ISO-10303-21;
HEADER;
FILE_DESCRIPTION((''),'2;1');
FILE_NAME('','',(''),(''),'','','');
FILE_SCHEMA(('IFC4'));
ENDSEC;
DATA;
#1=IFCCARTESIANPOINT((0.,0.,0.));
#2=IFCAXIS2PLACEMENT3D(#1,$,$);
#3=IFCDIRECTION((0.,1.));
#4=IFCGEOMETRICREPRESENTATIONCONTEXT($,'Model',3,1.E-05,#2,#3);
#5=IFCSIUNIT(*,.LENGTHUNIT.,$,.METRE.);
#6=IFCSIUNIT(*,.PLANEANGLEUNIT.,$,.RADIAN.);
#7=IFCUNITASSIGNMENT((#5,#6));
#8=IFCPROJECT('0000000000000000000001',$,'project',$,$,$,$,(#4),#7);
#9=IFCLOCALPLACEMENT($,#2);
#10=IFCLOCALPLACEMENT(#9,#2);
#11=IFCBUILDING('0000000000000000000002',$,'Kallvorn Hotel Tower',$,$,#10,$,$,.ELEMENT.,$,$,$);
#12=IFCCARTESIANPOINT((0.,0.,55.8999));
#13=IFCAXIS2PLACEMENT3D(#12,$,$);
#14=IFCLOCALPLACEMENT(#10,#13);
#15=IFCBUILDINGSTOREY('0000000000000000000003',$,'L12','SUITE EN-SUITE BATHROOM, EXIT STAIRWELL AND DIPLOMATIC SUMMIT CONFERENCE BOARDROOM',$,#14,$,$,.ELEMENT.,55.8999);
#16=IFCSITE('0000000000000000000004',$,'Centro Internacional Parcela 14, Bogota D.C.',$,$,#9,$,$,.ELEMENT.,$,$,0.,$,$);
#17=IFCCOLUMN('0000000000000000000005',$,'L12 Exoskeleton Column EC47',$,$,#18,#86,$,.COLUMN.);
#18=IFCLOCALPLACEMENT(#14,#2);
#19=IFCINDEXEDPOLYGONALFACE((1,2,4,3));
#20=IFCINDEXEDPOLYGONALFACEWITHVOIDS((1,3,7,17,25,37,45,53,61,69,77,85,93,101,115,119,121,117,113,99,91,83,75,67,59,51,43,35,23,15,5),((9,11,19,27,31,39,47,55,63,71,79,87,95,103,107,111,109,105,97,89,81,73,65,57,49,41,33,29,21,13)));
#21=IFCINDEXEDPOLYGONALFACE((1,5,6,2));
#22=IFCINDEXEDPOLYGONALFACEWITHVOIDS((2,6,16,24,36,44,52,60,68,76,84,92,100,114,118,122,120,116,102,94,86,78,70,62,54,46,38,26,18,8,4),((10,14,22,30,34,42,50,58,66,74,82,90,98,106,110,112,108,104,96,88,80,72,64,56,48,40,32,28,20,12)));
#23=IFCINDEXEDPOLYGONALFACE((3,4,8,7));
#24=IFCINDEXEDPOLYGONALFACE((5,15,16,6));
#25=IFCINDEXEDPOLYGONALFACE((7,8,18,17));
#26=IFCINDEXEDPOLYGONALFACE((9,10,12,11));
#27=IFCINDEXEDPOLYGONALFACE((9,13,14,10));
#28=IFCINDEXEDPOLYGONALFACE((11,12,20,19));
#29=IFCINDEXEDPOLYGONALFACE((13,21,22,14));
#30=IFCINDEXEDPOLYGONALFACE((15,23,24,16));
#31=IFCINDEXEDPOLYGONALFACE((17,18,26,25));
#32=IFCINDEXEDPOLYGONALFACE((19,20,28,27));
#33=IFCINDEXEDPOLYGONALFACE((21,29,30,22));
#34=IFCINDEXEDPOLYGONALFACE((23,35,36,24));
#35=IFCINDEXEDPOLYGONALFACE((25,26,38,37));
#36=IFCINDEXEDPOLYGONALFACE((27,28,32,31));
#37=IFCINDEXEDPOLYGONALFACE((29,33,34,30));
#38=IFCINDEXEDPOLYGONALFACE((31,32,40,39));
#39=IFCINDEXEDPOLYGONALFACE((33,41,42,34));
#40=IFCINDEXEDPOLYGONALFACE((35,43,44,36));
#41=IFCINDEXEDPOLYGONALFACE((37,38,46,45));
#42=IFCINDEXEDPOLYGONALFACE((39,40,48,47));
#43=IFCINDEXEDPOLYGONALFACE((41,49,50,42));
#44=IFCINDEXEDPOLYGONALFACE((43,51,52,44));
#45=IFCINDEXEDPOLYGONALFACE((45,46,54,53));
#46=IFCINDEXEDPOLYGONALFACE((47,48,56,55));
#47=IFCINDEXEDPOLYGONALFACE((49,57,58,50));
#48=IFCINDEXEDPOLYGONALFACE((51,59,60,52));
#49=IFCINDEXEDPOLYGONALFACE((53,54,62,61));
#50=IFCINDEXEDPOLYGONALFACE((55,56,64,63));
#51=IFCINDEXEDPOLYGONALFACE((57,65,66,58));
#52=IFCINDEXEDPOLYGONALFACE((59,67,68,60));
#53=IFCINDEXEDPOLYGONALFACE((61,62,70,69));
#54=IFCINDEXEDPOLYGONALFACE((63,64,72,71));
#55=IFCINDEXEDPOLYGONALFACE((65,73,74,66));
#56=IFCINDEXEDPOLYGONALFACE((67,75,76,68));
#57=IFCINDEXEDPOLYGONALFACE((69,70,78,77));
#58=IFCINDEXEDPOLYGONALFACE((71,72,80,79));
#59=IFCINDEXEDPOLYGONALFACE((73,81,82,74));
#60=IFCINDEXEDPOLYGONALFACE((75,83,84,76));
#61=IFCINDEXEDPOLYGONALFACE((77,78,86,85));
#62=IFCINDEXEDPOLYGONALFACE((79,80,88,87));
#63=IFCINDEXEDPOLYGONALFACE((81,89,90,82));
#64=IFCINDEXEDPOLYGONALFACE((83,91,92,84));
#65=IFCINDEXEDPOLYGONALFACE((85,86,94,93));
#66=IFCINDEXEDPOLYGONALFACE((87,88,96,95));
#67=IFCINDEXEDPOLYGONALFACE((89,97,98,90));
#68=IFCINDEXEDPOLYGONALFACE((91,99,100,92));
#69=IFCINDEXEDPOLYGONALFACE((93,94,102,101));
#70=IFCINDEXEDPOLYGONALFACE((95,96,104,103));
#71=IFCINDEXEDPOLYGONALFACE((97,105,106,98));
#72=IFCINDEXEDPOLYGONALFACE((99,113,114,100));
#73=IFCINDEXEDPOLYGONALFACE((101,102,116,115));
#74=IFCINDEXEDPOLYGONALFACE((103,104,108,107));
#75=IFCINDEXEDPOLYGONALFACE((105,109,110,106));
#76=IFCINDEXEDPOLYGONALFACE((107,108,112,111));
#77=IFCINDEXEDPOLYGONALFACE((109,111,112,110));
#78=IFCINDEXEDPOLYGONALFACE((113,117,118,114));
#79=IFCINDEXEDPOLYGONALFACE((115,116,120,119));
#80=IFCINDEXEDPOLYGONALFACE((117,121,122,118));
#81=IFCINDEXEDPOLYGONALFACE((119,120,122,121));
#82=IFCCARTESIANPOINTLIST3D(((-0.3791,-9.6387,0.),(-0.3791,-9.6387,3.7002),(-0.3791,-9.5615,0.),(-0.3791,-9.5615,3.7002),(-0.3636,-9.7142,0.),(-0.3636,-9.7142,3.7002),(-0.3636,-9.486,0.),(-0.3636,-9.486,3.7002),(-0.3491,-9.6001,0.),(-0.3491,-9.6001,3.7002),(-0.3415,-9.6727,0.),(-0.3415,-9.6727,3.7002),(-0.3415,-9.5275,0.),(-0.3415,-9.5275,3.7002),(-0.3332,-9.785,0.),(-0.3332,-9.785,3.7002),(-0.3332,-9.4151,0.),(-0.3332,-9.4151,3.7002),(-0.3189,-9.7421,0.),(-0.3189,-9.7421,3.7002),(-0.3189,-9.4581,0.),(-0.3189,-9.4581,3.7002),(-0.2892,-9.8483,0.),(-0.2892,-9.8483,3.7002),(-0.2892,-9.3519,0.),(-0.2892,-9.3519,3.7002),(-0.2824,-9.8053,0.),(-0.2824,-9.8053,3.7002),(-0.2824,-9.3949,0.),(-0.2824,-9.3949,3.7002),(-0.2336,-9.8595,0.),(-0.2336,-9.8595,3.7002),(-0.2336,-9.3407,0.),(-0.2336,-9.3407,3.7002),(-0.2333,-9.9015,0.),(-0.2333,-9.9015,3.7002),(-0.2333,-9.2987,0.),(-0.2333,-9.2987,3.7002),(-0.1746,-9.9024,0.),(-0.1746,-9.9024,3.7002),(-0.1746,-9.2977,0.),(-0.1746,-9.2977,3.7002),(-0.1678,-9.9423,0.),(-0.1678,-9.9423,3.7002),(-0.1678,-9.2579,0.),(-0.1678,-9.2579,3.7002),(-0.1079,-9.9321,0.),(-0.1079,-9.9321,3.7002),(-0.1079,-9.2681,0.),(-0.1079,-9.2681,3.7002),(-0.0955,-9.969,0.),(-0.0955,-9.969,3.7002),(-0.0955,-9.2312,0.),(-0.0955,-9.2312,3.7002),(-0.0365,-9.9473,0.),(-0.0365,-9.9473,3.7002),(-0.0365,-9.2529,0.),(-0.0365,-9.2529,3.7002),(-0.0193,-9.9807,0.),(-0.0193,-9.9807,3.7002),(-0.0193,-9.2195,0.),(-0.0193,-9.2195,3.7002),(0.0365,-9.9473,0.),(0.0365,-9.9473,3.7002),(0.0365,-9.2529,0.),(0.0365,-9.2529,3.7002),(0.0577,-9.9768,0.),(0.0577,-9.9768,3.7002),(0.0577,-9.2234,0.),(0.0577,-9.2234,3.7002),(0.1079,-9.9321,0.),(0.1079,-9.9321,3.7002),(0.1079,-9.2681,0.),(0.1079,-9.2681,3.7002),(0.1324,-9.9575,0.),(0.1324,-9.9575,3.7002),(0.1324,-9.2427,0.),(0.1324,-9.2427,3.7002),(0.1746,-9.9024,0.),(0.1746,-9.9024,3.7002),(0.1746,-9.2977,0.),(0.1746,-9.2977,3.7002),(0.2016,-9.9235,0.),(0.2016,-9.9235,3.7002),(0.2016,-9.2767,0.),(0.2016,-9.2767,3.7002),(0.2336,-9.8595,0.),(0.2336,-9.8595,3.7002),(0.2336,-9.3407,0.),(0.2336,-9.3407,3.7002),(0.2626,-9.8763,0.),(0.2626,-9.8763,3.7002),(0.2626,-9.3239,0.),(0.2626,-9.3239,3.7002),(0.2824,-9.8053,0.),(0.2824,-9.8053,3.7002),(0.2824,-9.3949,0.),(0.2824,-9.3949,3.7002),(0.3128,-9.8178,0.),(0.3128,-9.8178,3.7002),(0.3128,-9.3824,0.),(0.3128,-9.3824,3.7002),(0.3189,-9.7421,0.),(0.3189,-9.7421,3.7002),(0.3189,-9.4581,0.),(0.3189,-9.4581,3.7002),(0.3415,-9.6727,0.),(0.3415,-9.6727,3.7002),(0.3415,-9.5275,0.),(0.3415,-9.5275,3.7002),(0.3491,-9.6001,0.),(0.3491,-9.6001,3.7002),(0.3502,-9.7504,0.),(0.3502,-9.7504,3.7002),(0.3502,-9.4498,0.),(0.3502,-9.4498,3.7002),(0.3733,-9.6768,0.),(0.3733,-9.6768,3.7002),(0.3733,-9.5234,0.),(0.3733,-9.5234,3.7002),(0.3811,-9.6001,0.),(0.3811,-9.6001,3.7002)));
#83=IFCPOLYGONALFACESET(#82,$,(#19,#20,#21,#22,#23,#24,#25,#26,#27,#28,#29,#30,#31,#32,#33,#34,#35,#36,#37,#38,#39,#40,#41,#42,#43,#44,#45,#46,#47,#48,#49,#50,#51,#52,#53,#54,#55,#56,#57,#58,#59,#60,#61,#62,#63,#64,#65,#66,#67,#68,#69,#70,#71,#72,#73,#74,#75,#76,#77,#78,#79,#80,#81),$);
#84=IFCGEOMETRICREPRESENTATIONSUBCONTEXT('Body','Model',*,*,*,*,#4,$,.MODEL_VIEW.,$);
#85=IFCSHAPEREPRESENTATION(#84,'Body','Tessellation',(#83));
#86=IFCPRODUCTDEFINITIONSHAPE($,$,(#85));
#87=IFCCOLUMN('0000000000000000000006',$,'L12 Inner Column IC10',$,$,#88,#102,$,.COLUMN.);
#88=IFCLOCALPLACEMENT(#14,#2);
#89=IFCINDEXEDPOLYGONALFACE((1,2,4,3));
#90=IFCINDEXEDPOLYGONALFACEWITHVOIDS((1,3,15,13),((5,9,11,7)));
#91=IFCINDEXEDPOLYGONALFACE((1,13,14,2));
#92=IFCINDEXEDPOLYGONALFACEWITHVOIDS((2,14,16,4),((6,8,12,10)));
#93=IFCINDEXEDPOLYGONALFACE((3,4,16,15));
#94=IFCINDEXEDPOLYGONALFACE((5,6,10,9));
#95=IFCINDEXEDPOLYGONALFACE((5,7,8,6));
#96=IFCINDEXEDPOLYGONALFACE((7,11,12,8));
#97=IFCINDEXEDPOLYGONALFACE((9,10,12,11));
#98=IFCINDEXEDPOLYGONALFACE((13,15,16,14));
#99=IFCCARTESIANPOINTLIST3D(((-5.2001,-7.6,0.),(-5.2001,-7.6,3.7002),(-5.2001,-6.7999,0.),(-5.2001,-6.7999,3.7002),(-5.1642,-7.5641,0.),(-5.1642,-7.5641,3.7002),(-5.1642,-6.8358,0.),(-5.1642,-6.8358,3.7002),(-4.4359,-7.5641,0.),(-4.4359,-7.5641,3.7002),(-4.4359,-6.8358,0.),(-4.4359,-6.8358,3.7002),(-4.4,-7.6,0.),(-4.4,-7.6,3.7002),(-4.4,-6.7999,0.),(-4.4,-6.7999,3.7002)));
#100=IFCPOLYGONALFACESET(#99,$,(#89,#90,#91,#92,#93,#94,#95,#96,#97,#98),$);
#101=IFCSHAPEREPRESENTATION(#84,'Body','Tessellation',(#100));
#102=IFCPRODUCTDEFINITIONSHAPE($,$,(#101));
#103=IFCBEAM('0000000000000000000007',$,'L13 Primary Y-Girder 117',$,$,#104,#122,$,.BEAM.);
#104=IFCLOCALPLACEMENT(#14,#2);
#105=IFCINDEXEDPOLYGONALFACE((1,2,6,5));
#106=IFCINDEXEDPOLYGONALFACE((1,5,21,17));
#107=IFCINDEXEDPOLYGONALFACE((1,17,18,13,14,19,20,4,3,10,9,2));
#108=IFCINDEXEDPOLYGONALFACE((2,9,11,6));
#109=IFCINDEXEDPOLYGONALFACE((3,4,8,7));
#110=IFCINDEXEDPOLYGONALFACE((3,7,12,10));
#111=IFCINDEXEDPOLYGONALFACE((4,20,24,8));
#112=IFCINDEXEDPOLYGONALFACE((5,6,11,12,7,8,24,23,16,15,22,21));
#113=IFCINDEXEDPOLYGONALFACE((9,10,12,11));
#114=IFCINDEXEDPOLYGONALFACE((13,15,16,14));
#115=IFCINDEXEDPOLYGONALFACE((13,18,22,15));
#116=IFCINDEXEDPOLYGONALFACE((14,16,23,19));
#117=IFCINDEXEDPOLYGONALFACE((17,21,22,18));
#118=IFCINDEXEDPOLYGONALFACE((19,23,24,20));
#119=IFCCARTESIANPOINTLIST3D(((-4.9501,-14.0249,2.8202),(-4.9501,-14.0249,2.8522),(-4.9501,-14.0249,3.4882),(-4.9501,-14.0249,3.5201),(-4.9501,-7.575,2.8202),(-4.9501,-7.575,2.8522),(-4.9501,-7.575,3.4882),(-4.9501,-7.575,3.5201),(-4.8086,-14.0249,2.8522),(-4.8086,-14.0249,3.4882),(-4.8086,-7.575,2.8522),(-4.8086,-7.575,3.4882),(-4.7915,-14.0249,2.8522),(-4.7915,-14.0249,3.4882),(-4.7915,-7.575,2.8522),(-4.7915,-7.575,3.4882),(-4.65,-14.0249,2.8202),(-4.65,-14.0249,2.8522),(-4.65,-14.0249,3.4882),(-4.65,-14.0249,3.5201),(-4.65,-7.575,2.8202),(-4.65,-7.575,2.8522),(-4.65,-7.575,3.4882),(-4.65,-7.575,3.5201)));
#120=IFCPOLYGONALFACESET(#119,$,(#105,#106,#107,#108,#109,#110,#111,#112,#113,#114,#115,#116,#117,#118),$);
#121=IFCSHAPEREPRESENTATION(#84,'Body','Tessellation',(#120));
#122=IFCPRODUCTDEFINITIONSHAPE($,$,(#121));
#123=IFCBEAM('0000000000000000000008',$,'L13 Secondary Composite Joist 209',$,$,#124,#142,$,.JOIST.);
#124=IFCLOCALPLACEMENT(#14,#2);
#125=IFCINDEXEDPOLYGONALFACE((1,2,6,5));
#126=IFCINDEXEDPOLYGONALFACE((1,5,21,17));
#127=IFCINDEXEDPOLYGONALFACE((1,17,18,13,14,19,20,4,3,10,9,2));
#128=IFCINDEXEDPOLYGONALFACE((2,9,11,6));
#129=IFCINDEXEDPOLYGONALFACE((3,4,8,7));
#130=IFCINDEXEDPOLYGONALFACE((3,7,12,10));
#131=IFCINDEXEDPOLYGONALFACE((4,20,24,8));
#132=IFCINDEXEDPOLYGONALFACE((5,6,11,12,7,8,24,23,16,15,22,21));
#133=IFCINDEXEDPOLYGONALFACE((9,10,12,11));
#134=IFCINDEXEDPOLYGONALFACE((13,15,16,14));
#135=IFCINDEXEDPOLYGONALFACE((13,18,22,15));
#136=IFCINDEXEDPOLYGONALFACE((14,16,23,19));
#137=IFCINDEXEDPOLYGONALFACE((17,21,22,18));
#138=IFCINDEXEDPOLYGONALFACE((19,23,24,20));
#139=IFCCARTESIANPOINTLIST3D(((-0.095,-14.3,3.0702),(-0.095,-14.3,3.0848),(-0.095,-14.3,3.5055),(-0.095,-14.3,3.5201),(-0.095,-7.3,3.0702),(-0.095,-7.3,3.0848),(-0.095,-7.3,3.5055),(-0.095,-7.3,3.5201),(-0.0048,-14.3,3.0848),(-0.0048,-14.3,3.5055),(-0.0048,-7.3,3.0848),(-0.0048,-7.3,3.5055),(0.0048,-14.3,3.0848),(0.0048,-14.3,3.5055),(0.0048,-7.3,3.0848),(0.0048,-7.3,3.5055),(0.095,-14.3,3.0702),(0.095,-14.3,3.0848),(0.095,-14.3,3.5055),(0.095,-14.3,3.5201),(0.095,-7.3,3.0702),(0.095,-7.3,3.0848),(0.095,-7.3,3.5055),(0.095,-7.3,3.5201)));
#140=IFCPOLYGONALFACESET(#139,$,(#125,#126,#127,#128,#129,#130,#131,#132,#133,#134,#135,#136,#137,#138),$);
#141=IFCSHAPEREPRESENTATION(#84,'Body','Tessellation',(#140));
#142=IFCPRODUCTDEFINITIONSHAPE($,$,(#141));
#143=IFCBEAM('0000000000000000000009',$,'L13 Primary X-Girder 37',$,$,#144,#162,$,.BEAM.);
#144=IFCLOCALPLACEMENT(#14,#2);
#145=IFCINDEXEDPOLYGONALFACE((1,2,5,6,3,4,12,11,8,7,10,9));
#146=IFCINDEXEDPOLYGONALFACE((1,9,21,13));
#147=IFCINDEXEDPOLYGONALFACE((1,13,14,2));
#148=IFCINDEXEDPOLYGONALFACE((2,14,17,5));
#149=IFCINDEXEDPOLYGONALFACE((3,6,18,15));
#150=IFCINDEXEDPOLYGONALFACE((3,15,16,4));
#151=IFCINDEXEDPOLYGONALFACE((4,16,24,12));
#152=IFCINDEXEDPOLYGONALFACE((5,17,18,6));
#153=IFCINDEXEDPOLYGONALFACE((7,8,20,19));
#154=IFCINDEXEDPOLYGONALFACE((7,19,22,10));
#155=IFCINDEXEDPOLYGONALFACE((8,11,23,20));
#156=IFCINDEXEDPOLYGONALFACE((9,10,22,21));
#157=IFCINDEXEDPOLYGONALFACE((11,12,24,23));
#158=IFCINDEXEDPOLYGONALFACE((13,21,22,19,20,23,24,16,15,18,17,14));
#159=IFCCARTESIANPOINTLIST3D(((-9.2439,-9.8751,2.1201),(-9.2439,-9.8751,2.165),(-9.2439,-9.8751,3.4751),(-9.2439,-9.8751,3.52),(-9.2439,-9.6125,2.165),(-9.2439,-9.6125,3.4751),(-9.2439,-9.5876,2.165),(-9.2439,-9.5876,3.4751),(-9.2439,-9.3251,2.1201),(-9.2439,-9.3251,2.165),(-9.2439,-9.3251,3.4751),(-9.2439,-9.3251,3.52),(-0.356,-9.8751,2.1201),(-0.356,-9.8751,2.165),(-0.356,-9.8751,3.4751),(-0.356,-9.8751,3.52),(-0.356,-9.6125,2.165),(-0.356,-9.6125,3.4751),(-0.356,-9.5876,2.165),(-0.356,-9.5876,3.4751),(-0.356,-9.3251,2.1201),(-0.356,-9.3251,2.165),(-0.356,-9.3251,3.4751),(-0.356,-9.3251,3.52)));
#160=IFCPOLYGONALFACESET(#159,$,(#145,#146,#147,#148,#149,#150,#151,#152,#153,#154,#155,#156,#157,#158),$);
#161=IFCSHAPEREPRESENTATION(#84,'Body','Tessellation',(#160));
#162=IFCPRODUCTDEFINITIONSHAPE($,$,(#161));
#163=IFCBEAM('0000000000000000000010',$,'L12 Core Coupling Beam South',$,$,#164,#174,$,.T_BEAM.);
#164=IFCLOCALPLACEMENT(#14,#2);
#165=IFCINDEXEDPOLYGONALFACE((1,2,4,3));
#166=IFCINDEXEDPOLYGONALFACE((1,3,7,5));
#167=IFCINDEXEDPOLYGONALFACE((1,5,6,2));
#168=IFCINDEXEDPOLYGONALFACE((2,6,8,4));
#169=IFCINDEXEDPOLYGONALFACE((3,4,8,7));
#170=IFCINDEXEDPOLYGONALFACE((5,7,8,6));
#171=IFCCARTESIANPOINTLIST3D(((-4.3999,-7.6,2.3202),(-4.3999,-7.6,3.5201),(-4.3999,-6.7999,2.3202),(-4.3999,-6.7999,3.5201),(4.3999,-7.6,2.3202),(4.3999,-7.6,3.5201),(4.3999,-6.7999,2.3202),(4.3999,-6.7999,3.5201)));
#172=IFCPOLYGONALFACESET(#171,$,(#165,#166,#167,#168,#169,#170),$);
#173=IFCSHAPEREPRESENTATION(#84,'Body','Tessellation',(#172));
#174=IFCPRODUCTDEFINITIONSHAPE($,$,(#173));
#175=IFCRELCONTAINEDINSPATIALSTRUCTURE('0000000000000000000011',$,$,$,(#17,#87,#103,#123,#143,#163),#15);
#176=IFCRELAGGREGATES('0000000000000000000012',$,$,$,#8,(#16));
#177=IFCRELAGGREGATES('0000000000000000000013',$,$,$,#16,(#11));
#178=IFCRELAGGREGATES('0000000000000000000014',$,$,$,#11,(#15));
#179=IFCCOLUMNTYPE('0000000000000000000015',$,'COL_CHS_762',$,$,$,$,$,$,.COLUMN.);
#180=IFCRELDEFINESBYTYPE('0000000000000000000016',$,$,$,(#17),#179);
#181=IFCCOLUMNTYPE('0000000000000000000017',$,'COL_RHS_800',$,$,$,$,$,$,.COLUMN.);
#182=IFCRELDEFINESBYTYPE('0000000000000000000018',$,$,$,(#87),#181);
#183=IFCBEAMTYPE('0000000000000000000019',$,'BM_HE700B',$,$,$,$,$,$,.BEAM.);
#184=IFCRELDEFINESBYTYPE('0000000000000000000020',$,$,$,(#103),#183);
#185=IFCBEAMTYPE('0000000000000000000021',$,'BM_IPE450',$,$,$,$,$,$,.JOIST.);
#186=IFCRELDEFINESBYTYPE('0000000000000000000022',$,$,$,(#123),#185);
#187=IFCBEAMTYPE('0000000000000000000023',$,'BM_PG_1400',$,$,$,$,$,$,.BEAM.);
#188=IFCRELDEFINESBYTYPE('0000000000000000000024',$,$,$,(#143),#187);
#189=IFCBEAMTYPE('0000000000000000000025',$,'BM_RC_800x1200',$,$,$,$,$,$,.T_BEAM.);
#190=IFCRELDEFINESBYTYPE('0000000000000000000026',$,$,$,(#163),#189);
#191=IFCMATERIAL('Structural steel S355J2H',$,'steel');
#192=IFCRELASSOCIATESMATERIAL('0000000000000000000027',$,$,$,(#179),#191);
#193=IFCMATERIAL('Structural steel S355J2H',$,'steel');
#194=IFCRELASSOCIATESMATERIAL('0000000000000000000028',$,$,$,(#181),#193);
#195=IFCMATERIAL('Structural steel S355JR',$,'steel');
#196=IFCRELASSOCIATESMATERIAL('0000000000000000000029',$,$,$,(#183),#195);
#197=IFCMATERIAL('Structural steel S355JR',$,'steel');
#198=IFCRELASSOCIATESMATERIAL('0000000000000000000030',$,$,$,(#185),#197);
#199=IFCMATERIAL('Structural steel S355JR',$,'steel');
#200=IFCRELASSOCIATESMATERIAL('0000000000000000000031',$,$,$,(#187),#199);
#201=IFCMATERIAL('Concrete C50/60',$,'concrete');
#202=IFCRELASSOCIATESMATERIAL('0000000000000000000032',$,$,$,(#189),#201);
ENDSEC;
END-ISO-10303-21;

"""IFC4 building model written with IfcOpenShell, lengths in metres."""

from ifc_helpers import new_model, si_unit, direction, frame, origin, origin_2d, place, context, subcontext, project, spatial, rectangle, hollow_rectangle, hollow_circle, i_section, extrude, material, material_profile, profile_set, type_object, element, save


model = new_model("IFC4")

# Units and contexts
model_context = context("Model", 3, precision=1e-05, world=origin(), true_north=direction((0.0, 1.0)))
body_context = subcontext(model_context, "Body", "Model", "MODEL_VIEW")
ifc_project = project(units=[si_unit("LENGTHUNIT", "METRE"), si_unit("PLANEANGLEUNIT", "RADIAN")], contexts=[model_context])

# Site, building, storey
site_placement = place(None, origin())
site = spatial("IfcSite", under=ifc_project, at=site_placement, Name="Centro Internacional Parcela 14, Bogota D.C.", CompositionType="ELEMENT", RefElevation=0.0)
building_placement = place(site_placement, origin())
building = spatial("IfcBuilding", under=site, at=building_placement, Name="Kallvorn Hotel Tower", CompositionType="ELEMENT")
storey_placement = place(building_placement, frame((0.0, 0.0, 55.8999)))
storey = spatial("IfcBuildingStorey", under=building, at=storey_placement, Name="L12", Description="SUITE EN-SUITE BATHROOM, EXIT STAIRWELL AND DIPLOMATIC SUMMIT CONFERENCE BOARDROOM", CompositionType="ELEMENT", Elevation=55.8999)

# Columns
ifc_material_1 = material(Name="Structural steel S355J2H", Category="steel")
ifc_material_profile_1 = material_profile(ifc_material_1, hollow_circle(Radius=0.3811, WallThickness=0.032, at=origin_2d()), Name="CHS 762x32")
ifc_profile_set_1 = profile_set([ifc_material_profile_1], Name="Structural steel S355J2H")
column_type_1 = type_object("IfcColumnType", Name="COL_CHS_762", PredefinedType="COLUMN", material=ifc_profile_set_1)
column_1_placement = place(storey_placement, frame((0.0, -9.6001, 0.0), z_axis=(0.0, 0.0, 1.0), x_axis=(1.0, 0.0, 0.0)))
element("IfcColumn", 1, at=column_1_placement, inside=storey, type_object=column_type_1, Name="L12 Exoskeleton Column EC47", PredefinedType="COLUMN", context=body_context, shape_type="SweptSolid", body=[
    extrude(hollow_circle(Radius=0.3811, WallThickness=0.032, at=origin_2d()), origin(), (0.0, 0.0, 1.0), 3.7002),
])
ifc_material_2 = material(Name="Structural steel S355J2H", Category="steel")
ifc_material_profile_2 = material_profile(ifc_material_2, hollow_rectangle(XDim=0.8, YDim=0.8, WallThickness=0.0359, at=origin_2d()), Name="RHS 800x800x36")
ifc_profile_set_2 = profile_set([ifc_material_profile_2], Name="Structural steel S355J2H")
column_type_2 = type_object("IfcColumnType", Name="COL_RHS_800", PredefinedType="COLUMN", material=ifc_profile_set_2)
column_2_placement = place(storey_placement, frame((-4.8, -7.2, 0.0), z_axis=(0.0, 0.0, 1.0), x_axis=(1.0, 0.0, 0.0)))
element("IfcColumn", 2, at=column_2_placement, inside=storey, type_object=column_type_2, Name="L12 Inner Column IC10", PredefinedType="COLUMN", context=body_context, shape_type="SweptSolid", body=[
    extrude(hollow_rectangle(XDim=0.8, YDim=0.8, WallThickness=0.0359, at=origin_2d()), origin(), (0.0, 0.0, 1.0), 3.7002),
])

# Beams
ifc_material_3 = material(Name="Structural steel S355JR", Category="steel")
ifc_material_profile_3 = material_profile(ifc_material_3, i_section(OverallWidth=0.3, OverallDepth=0.7, WebThickness=0.0171, FlangeThickness=0.032, at=origin_2d()), Name="HE 700 B")
ifc_profile_set_3 = profile_set([ifc_material_profile_3], Name="Structural steel S355JR")
beam_type_1 = type_object("IfcBeamType", Name="BM_HE700B", PredefinedType="BEAM", material=ifc_profile_set_3)
beam_1_placement = place(storey_placement, frame((-4.8, -14.0249, 3.1702), z_axis=(0.0, 1.0, 0.0), x_axis=(-1.0, 0.0, 0.0)))
element("IfcBeam", 3, at=beam_1_placement, inside=storey, type_object=beam_type_1, Name="L13 Primary Y-Girder 117", PredefinedType="BEAM", context=body_context, shape_type="SweptSolid", body=[
    extrude(i_section(OverallWidth=0.3, OverallDepth=0.7, WebThickness=0.0171, FlangeThickness=0.032, at=origin_2d()), origin(), (0.0, 0.0, 1.0), 6.45),
])
ifc_material_4 = material(Name="Structural steel S355JR", Category="steel")
ifc_material_profile_4 = material_profile(ifc_material_4, i_section(OverallWidth=0.1899, OverallDepth=0.45, WebThickness=0.0095, FlangeThickness=0.0146, at=origin_2d()), Name="IPE 450")
ifc_profile_set_4 = profile_set([ifc_material_profile_4], Name="Structural steel S355JR")
beam_type_2 = type_object("IfcBeamType", Name="BM_IPE450", PredefinedType="JOIST", material=ifc_profile_set_4)
beam_2_placement = place(storey_placement, frame((0.0, -14.3, 3.2952), z_axis=(0.0, 1.0, 0.0), x_axis=(-1.0, 0.0, 0.0)))
element("IfcBeam", 4, at=beam_2_placement, inside=storey, type_object=beam_type_2, Name="L13 Secondary Composite Joist 209", PredefinedType="JOIST", context=body_context, shape_type="SweptSolid", body=[
    extrude(i_section(OverallWidth=0.1899, OverallDepth=0.45, WebThickness=0.0095, FlangeThickness=0.0146, at=origin_2d()), origin(), (0.0, 0.0, 1.0), 7.0),
])
ifc_material_5 = material(Name="Structural steel S355JR", Category="steel")
ifc_material_profile_5 = material_profile(ifc_material_5, i_section(OverallWidth=0.55, OverallDepth=1.3999, WebThickness=0.0249, FlangeThickness=0.0449, at=origin_2d()), Name="PG 1400x550x25x45")
ifc_profile_set_5 = profile_set([ifc_material_profile_5], Name="Structural steel S355JR")
beam_type_3 = type_object("IfcBeamType", Name="BM_PG_1400", PredefinedType="BEAM", material=ifc_profile_set_5)
beam_3_placement = place(storey_placement, frame((-9.2439, -9.6001, 2.8201), z_axis=(1.0, 0.0, 0.0), x_axis=(0.0, 1.0, 0.0)))
element("IfcBeam", 5, at=beam_3_placement, inside=storey, type_object=beam_type_3, Name="L13 Primary X-Girder 37", PredefinedType="BEAM", context=body_context, shape_type="SweptSolid", body=[
    extrude(i_section(OverallWidth=0.55, OverallDepth=1.3999, WebThickness=0.0249, FlangeThickness=0.0449, at=origin_2d()), origin(), (0.0, 0.0, 1.0), 8.8879),
])
ifc_material_6 = material(Name="Concrete C50/60", Category="concrete")
ifc_material_profile_6 = material_profile(ifc_material_6, rectangle(XDim=0.8, YDim=1.2, at=origin_2d()), Name="RC 800x1200")
ifc_profile_set_6 = profile_set([ifc_material_profile_6], Name="Concrete C50/60")
beam_type_4 = type_object("IfcBeamType", Name="BM_RC_800x1200", PredefinedType="T_BEAM", material=ifc_profile_set_6)
beam_4_placement = place(storey_placement, frame((-4.3999, -7.2, 2.9202), z_axis=(1.0, 0.0, 0.0), x_axis=(0.0, 1.0, 0.0)))
element("IfcBeam", 6, at=beam_4_placement, inside=storey, type_object=beam_type_4, Name="L12 Core Coupling Beam South", PredefinedType="T_BEAM", context=body_context, shape_type="SweptSolid", body=[
    extrude(rectangle(XDim=0.8, YDim=1.2, at=origin_2d()), origin(), (0.0, 0.0, 1.0), 8.7998),
])

save(model, "model.ifc")
